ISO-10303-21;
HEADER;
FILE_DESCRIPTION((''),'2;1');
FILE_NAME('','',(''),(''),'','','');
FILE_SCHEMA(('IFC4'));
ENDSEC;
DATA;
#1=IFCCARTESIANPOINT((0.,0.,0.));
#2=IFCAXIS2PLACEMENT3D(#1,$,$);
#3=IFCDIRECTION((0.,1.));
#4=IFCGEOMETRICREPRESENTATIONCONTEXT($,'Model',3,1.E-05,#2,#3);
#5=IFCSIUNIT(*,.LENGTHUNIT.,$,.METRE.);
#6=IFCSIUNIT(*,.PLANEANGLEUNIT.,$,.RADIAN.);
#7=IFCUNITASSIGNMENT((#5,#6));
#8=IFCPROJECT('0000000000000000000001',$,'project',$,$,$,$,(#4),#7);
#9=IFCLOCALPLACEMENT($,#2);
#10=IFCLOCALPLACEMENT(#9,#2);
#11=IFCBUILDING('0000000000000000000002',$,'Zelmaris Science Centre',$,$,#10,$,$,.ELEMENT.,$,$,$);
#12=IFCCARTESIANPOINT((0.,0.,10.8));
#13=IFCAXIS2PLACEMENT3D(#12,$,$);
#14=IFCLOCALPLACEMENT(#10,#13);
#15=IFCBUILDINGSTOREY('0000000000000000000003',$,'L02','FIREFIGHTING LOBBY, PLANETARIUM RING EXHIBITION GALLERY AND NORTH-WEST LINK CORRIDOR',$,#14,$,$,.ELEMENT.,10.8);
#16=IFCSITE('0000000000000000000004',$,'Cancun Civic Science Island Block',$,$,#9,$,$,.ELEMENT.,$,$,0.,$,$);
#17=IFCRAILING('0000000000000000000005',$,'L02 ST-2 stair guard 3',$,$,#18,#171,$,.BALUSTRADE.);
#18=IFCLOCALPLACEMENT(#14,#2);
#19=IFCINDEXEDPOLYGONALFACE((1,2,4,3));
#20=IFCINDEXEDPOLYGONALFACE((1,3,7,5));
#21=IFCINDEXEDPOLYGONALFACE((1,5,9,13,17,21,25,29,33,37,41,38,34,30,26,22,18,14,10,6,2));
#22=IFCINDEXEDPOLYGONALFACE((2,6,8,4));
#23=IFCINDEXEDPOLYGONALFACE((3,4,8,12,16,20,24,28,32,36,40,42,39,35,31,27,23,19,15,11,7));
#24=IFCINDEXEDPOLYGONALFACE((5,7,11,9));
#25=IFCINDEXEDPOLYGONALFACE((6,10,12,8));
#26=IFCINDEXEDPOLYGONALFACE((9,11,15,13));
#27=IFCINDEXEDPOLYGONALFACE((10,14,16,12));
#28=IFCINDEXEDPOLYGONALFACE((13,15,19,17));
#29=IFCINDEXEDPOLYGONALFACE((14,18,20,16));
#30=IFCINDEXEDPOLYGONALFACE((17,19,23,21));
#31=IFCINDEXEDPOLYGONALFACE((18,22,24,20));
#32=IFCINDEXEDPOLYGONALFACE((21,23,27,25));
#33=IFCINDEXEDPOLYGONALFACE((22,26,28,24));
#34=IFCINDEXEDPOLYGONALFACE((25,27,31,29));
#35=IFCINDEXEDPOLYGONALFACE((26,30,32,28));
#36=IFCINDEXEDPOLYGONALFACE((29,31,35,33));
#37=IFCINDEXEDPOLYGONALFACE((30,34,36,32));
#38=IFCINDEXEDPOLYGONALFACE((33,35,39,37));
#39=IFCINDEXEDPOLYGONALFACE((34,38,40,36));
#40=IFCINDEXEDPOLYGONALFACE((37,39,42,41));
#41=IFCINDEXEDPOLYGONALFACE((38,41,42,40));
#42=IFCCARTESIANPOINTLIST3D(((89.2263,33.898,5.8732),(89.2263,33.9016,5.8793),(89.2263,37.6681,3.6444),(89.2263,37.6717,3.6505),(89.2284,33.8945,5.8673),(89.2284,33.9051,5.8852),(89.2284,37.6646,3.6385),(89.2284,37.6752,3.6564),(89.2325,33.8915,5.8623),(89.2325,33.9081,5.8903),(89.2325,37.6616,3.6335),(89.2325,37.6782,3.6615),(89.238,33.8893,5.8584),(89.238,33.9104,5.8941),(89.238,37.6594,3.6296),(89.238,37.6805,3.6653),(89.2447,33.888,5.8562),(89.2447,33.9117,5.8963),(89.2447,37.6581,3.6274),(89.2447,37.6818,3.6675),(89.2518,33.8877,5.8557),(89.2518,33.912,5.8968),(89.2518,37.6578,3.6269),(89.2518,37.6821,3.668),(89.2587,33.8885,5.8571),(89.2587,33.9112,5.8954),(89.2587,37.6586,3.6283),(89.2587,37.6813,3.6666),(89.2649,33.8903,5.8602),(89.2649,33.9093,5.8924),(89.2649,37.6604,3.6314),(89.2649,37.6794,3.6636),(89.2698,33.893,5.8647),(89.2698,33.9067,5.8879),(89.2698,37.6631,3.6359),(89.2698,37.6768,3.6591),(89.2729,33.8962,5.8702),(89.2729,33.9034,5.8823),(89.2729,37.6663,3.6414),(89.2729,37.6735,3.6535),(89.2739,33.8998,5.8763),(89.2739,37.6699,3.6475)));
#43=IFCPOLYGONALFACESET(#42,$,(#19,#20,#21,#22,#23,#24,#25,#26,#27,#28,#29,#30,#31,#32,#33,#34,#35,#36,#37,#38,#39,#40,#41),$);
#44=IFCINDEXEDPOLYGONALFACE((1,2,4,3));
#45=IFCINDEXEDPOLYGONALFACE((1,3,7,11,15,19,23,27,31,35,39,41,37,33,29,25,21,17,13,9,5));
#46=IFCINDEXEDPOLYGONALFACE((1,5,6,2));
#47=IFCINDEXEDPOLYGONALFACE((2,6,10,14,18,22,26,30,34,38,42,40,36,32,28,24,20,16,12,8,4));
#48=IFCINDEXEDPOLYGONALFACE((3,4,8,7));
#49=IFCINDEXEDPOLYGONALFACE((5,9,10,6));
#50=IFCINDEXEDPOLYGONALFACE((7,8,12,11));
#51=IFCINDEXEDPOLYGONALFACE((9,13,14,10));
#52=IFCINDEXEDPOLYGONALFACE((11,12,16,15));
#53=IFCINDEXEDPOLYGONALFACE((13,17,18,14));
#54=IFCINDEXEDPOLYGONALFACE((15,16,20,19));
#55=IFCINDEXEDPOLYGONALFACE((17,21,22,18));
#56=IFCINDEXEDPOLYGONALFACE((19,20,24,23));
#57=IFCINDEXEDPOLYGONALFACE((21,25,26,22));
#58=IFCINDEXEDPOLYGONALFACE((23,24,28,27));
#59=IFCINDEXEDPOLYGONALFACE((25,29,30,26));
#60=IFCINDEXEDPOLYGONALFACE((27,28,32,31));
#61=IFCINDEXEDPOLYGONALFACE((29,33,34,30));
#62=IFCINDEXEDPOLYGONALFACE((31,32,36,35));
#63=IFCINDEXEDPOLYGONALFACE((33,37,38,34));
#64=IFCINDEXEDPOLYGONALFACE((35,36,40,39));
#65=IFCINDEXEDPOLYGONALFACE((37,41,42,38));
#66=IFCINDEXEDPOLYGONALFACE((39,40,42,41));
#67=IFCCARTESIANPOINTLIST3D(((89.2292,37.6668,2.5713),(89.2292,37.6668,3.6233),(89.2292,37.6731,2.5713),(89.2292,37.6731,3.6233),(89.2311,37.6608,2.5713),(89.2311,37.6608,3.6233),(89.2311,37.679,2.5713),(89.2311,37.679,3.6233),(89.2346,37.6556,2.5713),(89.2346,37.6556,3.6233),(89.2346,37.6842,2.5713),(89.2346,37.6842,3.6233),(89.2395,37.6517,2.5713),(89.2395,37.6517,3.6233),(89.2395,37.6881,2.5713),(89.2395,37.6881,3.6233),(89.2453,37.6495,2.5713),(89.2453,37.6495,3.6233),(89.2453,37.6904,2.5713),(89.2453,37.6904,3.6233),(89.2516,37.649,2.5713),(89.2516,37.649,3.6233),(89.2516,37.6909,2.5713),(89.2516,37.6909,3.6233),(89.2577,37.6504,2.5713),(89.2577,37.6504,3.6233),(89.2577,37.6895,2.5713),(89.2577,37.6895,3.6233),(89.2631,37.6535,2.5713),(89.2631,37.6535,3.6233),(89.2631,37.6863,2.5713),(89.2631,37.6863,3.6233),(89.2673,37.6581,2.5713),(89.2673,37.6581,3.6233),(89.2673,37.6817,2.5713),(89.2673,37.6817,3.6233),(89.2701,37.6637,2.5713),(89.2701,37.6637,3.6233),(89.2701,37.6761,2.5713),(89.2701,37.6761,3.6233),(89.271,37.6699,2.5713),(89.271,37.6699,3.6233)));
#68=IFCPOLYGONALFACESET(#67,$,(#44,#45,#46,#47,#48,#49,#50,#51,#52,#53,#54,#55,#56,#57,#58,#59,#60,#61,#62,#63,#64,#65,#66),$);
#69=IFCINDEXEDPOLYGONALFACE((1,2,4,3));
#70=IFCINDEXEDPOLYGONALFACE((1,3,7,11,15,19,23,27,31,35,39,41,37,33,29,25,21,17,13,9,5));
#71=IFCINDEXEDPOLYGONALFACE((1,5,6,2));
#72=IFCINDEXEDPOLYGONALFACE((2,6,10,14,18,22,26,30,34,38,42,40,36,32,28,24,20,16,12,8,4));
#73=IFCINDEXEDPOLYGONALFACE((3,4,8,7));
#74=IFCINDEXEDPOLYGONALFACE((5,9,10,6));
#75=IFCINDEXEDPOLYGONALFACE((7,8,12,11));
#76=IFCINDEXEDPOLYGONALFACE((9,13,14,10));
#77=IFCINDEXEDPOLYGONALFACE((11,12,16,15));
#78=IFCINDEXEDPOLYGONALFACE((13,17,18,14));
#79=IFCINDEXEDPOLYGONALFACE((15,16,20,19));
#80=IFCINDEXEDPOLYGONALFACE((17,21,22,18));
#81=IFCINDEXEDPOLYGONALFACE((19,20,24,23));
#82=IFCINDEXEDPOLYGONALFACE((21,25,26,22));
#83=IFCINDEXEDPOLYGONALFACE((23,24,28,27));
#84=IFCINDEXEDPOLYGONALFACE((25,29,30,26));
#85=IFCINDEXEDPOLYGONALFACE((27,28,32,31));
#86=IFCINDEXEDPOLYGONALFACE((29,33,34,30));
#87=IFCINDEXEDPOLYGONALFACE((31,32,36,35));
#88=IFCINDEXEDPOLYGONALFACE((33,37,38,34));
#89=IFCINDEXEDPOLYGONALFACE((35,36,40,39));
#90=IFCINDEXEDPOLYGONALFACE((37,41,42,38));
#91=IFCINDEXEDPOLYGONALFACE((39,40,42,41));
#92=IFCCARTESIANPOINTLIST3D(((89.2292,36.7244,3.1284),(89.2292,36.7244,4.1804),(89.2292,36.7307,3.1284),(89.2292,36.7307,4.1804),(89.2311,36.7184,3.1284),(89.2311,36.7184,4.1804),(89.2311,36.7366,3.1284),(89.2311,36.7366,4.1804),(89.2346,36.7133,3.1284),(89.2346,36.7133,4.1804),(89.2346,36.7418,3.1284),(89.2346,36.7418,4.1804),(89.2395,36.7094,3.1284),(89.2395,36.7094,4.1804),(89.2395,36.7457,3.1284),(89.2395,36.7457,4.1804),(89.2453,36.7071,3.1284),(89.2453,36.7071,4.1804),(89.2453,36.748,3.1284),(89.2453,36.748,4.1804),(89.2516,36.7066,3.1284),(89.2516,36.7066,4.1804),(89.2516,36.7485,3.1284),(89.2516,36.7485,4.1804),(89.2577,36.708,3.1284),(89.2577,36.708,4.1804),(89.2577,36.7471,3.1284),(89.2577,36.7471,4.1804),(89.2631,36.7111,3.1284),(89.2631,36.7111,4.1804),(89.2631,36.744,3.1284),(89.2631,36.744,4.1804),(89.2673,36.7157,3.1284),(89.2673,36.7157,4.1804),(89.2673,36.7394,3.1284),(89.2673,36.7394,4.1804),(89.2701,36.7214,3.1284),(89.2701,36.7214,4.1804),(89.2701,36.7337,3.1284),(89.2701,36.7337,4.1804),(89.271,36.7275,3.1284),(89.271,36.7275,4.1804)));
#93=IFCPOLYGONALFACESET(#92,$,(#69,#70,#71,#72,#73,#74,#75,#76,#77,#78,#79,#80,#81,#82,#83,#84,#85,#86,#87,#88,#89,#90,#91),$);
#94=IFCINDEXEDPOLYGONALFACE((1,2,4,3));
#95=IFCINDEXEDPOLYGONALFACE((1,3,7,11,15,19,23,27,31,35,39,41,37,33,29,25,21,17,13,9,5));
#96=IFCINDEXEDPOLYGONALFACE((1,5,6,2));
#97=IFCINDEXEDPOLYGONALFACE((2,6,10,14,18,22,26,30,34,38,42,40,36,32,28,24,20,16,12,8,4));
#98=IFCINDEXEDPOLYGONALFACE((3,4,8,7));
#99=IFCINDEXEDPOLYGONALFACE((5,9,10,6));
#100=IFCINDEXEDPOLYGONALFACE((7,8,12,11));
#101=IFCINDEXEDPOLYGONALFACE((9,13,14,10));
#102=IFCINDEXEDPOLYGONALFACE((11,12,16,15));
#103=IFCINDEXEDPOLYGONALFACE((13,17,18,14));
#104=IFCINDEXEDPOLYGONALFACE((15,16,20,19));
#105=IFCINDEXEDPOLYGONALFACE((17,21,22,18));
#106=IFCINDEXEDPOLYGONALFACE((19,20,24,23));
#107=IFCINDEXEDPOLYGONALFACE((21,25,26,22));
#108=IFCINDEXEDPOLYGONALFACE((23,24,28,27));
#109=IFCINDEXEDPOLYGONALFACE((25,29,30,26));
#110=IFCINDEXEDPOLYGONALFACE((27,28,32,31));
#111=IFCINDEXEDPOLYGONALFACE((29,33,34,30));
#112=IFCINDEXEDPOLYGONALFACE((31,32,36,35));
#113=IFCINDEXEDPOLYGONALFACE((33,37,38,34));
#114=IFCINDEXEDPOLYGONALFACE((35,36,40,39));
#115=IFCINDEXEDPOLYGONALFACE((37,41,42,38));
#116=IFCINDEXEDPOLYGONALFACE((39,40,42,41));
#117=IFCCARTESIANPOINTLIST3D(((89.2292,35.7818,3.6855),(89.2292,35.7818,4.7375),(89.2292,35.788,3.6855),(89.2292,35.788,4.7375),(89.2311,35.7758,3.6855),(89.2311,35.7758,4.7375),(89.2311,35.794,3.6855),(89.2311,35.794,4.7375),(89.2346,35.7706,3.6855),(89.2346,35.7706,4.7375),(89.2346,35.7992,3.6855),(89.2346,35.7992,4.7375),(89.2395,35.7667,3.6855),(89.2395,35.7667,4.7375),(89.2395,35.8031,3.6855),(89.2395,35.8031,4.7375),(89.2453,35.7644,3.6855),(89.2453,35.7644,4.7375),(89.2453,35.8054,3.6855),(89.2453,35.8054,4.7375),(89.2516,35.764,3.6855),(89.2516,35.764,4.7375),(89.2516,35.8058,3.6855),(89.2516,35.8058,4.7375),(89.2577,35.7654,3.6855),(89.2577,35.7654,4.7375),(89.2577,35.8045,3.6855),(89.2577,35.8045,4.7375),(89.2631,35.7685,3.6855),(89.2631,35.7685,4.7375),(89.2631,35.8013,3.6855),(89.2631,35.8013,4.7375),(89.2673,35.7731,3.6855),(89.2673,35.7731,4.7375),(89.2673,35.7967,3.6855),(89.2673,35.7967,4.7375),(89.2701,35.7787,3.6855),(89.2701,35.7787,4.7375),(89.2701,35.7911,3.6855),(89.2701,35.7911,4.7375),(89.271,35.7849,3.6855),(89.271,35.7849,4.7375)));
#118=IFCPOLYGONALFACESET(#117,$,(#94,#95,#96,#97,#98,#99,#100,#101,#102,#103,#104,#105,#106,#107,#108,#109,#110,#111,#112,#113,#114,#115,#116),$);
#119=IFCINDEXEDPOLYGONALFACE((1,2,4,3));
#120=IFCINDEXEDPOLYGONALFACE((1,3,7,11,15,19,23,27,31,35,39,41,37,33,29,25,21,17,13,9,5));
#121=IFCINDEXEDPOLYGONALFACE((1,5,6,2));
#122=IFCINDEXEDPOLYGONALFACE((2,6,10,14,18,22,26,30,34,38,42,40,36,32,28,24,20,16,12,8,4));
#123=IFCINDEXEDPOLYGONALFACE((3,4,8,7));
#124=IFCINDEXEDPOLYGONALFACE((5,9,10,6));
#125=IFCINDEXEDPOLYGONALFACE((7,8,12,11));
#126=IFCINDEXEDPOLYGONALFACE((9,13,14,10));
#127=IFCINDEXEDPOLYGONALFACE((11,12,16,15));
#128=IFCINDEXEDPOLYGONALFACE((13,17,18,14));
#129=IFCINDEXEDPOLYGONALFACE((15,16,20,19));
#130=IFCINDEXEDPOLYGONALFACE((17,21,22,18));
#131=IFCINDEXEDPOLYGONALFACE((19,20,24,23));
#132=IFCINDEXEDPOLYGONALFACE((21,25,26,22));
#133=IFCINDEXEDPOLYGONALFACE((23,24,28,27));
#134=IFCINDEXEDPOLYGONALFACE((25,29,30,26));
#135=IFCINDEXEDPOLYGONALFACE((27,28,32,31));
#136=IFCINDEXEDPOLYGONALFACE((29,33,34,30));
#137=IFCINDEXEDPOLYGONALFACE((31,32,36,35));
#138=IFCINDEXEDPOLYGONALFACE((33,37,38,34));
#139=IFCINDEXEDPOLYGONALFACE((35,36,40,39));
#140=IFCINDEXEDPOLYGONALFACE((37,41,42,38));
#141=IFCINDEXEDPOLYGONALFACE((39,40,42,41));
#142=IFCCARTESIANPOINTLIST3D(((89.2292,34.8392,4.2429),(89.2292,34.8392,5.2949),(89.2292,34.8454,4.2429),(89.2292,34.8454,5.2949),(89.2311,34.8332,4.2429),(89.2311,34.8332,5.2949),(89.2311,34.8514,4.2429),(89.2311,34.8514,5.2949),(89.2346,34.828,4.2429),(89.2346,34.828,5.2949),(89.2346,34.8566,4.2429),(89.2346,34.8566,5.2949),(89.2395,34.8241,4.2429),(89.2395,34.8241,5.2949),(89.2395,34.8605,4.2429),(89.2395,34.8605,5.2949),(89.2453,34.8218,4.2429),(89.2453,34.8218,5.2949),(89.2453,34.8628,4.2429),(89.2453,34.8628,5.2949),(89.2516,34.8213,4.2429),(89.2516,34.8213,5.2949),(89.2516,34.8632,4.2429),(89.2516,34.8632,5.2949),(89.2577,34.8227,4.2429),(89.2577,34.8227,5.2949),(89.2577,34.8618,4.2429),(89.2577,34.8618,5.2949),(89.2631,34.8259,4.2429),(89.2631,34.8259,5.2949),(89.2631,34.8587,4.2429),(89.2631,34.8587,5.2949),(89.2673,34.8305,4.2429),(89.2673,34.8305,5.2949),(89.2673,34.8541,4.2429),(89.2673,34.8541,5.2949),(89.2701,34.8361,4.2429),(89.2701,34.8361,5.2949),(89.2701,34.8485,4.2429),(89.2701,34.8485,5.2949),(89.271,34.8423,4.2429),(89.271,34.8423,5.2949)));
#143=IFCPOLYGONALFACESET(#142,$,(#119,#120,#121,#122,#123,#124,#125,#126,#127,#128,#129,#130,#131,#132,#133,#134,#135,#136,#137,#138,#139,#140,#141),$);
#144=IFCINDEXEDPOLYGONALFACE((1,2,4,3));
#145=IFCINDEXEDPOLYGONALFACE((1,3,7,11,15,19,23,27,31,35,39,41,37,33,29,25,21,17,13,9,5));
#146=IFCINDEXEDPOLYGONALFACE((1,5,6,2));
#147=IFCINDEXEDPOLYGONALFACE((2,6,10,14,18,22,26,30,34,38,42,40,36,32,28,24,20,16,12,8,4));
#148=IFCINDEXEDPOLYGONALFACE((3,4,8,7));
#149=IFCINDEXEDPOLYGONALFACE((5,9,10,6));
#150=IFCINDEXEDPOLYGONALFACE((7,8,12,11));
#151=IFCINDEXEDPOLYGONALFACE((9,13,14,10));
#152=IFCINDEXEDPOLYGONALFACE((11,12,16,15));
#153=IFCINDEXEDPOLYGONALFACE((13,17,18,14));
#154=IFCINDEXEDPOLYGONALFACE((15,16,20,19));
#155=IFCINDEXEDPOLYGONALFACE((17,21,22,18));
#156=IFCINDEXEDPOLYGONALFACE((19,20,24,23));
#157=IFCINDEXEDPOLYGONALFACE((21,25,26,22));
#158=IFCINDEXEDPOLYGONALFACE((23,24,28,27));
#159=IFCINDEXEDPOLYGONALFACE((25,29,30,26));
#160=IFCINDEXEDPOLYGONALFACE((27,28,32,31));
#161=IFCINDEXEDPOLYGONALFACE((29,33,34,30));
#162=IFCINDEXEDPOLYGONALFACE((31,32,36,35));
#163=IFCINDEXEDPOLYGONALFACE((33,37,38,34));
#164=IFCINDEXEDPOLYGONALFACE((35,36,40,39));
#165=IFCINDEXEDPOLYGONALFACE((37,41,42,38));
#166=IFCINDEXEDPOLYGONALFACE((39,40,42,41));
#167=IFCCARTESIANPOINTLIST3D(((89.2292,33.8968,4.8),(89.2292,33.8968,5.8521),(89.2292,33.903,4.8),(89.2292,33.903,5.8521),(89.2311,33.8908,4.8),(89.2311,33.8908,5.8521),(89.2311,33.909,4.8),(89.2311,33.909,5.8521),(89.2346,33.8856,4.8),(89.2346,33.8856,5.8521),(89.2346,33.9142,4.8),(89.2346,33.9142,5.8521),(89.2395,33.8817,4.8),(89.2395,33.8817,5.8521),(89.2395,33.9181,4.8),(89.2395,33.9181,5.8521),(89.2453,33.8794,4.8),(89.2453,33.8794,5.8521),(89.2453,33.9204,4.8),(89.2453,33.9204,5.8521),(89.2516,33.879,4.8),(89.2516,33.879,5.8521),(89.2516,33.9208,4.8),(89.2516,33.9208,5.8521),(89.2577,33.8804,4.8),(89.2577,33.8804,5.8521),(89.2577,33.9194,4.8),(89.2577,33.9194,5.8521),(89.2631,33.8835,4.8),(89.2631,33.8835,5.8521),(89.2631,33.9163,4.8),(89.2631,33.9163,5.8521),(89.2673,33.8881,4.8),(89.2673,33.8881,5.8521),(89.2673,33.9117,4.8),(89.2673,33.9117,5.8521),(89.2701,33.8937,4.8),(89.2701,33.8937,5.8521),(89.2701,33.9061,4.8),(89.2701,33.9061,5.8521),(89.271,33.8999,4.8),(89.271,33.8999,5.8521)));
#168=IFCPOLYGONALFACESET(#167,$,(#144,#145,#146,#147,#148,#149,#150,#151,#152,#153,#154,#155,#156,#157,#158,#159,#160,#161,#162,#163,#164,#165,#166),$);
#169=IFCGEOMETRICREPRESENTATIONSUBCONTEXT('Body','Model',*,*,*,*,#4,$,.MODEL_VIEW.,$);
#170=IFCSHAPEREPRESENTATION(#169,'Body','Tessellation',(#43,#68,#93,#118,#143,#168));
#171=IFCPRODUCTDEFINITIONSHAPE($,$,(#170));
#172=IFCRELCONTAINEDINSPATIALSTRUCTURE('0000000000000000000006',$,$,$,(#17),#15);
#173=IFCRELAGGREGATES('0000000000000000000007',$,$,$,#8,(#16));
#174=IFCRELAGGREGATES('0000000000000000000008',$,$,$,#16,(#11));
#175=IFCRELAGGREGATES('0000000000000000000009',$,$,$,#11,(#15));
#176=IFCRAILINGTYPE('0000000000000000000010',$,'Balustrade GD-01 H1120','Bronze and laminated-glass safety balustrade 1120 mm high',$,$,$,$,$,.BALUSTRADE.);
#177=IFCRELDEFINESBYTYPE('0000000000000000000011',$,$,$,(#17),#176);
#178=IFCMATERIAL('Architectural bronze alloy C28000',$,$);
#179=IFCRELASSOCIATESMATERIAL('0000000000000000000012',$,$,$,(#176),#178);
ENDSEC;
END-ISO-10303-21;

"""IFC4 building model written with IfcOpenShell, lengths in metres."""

from ifc_helpers import new_model, si_unit, direction, frame, origin, origin_2d, place, context, subcontext, project, spatial, circle, extrude, material, type_object, element, save


model = new_model("IFC4")

# Units and contexts
model_context = context("Model", 3, precision=1e-05, world=origin(), true_north=direction((0.0, 1.0)))
body_context = subcontext(model_context, "Body", "Model", "MODEL_VIEW")
ifc_project = project(units=[si_unit("LENGTHUNIT", "METRE"), si_unit("PLANEANGLEUNIT", "RADIAN")], contexts=[model_context])

# Site, building, storey
site_placement = place(None, origin())
site = spatial("IfcSite", under=ifc_project, at=site_placement, Name="Cancun Civic Science Island Block", CompositionType="ELEMENT", RefElevation=0.0)
building_placement = place(site_placement, origin())
building = spatial("IfcBuilding", under=site, at=building_placement, Name="Zelmaris Science Centre", CompositionType="ELEMENT")
storey_placement = place(building_placement, frame((0.0, 0.0, 10.8)))
storey = spatial("IfcBuildingStorey", under=building, at=storey_placement, Name="L02", Description="FIREFIGHTING LOBBY, PLANETARIUM RING EXHIBITION GALLERY AND NORTH-WEST LINK CORRIDOR", CompositionType="ELEMENT", Elevation=10.8)

# Railing
ifc_material_1 = material(Name="Architectural bronze alloy C28000")
railing_type_1 = type_object("IfcRailingType", Name="Balustrade GD-01 H1120", Description="Bronze and laminated-glass safety balustrade 1120 mm high", PredefinedType="BALUSTRADE", material=ifc_material_1)
railing_1_placement = place(storey_placement, frame((89.25, 37.6699, 2.5713)))
element("IfcRailing", 1, at=railing_1_placement, inside=storey, type_object=railing_type_1, Name="L02 ST-2 stair guard 3", PredefinedType="BALUSTRADE", context=body_context, shape_type="SweptSolid", body=[
    extrude(circle(Radius=0.0239, at=origin_2d()), frame((0.0, 0.0, 1.0762), z_axis=(0.0, -0.860824, 0.508902), x_axis=(1.0, 0.0, 0.0)), (0.0, 0.0, 1.0), 4.3796),
    extrude(circle(Radius=0.021, at=origin_2d()), origin(), (0.0, 0.0, 1.0), 1.052),
    extrude(circle(Radius=0.021, at=origin_2d()), frame((0.0, -0.9424, 0.5571)), (0.0, 0.0, 1.0), 1.052),
    extrude(circle(Radius=0.021, at=origin_2d()), frame((0.0, -1.885, 1.1143)), (0.0, 0.0, 1.0), 1.052),
    extrude(circle(Radius=0.021, at=origin_2d()), frame((0.0, -2.8276, 1.6716)), (0.0, 0.0, 1.0), 1.052),
    extrude(circle(Radius=0.021, at=origin_2d()), frame((0.0, -3.77, 2.2288)), (0.0, 0.0, 1.0), 1.052),
])

save(model, "model.ifc")
